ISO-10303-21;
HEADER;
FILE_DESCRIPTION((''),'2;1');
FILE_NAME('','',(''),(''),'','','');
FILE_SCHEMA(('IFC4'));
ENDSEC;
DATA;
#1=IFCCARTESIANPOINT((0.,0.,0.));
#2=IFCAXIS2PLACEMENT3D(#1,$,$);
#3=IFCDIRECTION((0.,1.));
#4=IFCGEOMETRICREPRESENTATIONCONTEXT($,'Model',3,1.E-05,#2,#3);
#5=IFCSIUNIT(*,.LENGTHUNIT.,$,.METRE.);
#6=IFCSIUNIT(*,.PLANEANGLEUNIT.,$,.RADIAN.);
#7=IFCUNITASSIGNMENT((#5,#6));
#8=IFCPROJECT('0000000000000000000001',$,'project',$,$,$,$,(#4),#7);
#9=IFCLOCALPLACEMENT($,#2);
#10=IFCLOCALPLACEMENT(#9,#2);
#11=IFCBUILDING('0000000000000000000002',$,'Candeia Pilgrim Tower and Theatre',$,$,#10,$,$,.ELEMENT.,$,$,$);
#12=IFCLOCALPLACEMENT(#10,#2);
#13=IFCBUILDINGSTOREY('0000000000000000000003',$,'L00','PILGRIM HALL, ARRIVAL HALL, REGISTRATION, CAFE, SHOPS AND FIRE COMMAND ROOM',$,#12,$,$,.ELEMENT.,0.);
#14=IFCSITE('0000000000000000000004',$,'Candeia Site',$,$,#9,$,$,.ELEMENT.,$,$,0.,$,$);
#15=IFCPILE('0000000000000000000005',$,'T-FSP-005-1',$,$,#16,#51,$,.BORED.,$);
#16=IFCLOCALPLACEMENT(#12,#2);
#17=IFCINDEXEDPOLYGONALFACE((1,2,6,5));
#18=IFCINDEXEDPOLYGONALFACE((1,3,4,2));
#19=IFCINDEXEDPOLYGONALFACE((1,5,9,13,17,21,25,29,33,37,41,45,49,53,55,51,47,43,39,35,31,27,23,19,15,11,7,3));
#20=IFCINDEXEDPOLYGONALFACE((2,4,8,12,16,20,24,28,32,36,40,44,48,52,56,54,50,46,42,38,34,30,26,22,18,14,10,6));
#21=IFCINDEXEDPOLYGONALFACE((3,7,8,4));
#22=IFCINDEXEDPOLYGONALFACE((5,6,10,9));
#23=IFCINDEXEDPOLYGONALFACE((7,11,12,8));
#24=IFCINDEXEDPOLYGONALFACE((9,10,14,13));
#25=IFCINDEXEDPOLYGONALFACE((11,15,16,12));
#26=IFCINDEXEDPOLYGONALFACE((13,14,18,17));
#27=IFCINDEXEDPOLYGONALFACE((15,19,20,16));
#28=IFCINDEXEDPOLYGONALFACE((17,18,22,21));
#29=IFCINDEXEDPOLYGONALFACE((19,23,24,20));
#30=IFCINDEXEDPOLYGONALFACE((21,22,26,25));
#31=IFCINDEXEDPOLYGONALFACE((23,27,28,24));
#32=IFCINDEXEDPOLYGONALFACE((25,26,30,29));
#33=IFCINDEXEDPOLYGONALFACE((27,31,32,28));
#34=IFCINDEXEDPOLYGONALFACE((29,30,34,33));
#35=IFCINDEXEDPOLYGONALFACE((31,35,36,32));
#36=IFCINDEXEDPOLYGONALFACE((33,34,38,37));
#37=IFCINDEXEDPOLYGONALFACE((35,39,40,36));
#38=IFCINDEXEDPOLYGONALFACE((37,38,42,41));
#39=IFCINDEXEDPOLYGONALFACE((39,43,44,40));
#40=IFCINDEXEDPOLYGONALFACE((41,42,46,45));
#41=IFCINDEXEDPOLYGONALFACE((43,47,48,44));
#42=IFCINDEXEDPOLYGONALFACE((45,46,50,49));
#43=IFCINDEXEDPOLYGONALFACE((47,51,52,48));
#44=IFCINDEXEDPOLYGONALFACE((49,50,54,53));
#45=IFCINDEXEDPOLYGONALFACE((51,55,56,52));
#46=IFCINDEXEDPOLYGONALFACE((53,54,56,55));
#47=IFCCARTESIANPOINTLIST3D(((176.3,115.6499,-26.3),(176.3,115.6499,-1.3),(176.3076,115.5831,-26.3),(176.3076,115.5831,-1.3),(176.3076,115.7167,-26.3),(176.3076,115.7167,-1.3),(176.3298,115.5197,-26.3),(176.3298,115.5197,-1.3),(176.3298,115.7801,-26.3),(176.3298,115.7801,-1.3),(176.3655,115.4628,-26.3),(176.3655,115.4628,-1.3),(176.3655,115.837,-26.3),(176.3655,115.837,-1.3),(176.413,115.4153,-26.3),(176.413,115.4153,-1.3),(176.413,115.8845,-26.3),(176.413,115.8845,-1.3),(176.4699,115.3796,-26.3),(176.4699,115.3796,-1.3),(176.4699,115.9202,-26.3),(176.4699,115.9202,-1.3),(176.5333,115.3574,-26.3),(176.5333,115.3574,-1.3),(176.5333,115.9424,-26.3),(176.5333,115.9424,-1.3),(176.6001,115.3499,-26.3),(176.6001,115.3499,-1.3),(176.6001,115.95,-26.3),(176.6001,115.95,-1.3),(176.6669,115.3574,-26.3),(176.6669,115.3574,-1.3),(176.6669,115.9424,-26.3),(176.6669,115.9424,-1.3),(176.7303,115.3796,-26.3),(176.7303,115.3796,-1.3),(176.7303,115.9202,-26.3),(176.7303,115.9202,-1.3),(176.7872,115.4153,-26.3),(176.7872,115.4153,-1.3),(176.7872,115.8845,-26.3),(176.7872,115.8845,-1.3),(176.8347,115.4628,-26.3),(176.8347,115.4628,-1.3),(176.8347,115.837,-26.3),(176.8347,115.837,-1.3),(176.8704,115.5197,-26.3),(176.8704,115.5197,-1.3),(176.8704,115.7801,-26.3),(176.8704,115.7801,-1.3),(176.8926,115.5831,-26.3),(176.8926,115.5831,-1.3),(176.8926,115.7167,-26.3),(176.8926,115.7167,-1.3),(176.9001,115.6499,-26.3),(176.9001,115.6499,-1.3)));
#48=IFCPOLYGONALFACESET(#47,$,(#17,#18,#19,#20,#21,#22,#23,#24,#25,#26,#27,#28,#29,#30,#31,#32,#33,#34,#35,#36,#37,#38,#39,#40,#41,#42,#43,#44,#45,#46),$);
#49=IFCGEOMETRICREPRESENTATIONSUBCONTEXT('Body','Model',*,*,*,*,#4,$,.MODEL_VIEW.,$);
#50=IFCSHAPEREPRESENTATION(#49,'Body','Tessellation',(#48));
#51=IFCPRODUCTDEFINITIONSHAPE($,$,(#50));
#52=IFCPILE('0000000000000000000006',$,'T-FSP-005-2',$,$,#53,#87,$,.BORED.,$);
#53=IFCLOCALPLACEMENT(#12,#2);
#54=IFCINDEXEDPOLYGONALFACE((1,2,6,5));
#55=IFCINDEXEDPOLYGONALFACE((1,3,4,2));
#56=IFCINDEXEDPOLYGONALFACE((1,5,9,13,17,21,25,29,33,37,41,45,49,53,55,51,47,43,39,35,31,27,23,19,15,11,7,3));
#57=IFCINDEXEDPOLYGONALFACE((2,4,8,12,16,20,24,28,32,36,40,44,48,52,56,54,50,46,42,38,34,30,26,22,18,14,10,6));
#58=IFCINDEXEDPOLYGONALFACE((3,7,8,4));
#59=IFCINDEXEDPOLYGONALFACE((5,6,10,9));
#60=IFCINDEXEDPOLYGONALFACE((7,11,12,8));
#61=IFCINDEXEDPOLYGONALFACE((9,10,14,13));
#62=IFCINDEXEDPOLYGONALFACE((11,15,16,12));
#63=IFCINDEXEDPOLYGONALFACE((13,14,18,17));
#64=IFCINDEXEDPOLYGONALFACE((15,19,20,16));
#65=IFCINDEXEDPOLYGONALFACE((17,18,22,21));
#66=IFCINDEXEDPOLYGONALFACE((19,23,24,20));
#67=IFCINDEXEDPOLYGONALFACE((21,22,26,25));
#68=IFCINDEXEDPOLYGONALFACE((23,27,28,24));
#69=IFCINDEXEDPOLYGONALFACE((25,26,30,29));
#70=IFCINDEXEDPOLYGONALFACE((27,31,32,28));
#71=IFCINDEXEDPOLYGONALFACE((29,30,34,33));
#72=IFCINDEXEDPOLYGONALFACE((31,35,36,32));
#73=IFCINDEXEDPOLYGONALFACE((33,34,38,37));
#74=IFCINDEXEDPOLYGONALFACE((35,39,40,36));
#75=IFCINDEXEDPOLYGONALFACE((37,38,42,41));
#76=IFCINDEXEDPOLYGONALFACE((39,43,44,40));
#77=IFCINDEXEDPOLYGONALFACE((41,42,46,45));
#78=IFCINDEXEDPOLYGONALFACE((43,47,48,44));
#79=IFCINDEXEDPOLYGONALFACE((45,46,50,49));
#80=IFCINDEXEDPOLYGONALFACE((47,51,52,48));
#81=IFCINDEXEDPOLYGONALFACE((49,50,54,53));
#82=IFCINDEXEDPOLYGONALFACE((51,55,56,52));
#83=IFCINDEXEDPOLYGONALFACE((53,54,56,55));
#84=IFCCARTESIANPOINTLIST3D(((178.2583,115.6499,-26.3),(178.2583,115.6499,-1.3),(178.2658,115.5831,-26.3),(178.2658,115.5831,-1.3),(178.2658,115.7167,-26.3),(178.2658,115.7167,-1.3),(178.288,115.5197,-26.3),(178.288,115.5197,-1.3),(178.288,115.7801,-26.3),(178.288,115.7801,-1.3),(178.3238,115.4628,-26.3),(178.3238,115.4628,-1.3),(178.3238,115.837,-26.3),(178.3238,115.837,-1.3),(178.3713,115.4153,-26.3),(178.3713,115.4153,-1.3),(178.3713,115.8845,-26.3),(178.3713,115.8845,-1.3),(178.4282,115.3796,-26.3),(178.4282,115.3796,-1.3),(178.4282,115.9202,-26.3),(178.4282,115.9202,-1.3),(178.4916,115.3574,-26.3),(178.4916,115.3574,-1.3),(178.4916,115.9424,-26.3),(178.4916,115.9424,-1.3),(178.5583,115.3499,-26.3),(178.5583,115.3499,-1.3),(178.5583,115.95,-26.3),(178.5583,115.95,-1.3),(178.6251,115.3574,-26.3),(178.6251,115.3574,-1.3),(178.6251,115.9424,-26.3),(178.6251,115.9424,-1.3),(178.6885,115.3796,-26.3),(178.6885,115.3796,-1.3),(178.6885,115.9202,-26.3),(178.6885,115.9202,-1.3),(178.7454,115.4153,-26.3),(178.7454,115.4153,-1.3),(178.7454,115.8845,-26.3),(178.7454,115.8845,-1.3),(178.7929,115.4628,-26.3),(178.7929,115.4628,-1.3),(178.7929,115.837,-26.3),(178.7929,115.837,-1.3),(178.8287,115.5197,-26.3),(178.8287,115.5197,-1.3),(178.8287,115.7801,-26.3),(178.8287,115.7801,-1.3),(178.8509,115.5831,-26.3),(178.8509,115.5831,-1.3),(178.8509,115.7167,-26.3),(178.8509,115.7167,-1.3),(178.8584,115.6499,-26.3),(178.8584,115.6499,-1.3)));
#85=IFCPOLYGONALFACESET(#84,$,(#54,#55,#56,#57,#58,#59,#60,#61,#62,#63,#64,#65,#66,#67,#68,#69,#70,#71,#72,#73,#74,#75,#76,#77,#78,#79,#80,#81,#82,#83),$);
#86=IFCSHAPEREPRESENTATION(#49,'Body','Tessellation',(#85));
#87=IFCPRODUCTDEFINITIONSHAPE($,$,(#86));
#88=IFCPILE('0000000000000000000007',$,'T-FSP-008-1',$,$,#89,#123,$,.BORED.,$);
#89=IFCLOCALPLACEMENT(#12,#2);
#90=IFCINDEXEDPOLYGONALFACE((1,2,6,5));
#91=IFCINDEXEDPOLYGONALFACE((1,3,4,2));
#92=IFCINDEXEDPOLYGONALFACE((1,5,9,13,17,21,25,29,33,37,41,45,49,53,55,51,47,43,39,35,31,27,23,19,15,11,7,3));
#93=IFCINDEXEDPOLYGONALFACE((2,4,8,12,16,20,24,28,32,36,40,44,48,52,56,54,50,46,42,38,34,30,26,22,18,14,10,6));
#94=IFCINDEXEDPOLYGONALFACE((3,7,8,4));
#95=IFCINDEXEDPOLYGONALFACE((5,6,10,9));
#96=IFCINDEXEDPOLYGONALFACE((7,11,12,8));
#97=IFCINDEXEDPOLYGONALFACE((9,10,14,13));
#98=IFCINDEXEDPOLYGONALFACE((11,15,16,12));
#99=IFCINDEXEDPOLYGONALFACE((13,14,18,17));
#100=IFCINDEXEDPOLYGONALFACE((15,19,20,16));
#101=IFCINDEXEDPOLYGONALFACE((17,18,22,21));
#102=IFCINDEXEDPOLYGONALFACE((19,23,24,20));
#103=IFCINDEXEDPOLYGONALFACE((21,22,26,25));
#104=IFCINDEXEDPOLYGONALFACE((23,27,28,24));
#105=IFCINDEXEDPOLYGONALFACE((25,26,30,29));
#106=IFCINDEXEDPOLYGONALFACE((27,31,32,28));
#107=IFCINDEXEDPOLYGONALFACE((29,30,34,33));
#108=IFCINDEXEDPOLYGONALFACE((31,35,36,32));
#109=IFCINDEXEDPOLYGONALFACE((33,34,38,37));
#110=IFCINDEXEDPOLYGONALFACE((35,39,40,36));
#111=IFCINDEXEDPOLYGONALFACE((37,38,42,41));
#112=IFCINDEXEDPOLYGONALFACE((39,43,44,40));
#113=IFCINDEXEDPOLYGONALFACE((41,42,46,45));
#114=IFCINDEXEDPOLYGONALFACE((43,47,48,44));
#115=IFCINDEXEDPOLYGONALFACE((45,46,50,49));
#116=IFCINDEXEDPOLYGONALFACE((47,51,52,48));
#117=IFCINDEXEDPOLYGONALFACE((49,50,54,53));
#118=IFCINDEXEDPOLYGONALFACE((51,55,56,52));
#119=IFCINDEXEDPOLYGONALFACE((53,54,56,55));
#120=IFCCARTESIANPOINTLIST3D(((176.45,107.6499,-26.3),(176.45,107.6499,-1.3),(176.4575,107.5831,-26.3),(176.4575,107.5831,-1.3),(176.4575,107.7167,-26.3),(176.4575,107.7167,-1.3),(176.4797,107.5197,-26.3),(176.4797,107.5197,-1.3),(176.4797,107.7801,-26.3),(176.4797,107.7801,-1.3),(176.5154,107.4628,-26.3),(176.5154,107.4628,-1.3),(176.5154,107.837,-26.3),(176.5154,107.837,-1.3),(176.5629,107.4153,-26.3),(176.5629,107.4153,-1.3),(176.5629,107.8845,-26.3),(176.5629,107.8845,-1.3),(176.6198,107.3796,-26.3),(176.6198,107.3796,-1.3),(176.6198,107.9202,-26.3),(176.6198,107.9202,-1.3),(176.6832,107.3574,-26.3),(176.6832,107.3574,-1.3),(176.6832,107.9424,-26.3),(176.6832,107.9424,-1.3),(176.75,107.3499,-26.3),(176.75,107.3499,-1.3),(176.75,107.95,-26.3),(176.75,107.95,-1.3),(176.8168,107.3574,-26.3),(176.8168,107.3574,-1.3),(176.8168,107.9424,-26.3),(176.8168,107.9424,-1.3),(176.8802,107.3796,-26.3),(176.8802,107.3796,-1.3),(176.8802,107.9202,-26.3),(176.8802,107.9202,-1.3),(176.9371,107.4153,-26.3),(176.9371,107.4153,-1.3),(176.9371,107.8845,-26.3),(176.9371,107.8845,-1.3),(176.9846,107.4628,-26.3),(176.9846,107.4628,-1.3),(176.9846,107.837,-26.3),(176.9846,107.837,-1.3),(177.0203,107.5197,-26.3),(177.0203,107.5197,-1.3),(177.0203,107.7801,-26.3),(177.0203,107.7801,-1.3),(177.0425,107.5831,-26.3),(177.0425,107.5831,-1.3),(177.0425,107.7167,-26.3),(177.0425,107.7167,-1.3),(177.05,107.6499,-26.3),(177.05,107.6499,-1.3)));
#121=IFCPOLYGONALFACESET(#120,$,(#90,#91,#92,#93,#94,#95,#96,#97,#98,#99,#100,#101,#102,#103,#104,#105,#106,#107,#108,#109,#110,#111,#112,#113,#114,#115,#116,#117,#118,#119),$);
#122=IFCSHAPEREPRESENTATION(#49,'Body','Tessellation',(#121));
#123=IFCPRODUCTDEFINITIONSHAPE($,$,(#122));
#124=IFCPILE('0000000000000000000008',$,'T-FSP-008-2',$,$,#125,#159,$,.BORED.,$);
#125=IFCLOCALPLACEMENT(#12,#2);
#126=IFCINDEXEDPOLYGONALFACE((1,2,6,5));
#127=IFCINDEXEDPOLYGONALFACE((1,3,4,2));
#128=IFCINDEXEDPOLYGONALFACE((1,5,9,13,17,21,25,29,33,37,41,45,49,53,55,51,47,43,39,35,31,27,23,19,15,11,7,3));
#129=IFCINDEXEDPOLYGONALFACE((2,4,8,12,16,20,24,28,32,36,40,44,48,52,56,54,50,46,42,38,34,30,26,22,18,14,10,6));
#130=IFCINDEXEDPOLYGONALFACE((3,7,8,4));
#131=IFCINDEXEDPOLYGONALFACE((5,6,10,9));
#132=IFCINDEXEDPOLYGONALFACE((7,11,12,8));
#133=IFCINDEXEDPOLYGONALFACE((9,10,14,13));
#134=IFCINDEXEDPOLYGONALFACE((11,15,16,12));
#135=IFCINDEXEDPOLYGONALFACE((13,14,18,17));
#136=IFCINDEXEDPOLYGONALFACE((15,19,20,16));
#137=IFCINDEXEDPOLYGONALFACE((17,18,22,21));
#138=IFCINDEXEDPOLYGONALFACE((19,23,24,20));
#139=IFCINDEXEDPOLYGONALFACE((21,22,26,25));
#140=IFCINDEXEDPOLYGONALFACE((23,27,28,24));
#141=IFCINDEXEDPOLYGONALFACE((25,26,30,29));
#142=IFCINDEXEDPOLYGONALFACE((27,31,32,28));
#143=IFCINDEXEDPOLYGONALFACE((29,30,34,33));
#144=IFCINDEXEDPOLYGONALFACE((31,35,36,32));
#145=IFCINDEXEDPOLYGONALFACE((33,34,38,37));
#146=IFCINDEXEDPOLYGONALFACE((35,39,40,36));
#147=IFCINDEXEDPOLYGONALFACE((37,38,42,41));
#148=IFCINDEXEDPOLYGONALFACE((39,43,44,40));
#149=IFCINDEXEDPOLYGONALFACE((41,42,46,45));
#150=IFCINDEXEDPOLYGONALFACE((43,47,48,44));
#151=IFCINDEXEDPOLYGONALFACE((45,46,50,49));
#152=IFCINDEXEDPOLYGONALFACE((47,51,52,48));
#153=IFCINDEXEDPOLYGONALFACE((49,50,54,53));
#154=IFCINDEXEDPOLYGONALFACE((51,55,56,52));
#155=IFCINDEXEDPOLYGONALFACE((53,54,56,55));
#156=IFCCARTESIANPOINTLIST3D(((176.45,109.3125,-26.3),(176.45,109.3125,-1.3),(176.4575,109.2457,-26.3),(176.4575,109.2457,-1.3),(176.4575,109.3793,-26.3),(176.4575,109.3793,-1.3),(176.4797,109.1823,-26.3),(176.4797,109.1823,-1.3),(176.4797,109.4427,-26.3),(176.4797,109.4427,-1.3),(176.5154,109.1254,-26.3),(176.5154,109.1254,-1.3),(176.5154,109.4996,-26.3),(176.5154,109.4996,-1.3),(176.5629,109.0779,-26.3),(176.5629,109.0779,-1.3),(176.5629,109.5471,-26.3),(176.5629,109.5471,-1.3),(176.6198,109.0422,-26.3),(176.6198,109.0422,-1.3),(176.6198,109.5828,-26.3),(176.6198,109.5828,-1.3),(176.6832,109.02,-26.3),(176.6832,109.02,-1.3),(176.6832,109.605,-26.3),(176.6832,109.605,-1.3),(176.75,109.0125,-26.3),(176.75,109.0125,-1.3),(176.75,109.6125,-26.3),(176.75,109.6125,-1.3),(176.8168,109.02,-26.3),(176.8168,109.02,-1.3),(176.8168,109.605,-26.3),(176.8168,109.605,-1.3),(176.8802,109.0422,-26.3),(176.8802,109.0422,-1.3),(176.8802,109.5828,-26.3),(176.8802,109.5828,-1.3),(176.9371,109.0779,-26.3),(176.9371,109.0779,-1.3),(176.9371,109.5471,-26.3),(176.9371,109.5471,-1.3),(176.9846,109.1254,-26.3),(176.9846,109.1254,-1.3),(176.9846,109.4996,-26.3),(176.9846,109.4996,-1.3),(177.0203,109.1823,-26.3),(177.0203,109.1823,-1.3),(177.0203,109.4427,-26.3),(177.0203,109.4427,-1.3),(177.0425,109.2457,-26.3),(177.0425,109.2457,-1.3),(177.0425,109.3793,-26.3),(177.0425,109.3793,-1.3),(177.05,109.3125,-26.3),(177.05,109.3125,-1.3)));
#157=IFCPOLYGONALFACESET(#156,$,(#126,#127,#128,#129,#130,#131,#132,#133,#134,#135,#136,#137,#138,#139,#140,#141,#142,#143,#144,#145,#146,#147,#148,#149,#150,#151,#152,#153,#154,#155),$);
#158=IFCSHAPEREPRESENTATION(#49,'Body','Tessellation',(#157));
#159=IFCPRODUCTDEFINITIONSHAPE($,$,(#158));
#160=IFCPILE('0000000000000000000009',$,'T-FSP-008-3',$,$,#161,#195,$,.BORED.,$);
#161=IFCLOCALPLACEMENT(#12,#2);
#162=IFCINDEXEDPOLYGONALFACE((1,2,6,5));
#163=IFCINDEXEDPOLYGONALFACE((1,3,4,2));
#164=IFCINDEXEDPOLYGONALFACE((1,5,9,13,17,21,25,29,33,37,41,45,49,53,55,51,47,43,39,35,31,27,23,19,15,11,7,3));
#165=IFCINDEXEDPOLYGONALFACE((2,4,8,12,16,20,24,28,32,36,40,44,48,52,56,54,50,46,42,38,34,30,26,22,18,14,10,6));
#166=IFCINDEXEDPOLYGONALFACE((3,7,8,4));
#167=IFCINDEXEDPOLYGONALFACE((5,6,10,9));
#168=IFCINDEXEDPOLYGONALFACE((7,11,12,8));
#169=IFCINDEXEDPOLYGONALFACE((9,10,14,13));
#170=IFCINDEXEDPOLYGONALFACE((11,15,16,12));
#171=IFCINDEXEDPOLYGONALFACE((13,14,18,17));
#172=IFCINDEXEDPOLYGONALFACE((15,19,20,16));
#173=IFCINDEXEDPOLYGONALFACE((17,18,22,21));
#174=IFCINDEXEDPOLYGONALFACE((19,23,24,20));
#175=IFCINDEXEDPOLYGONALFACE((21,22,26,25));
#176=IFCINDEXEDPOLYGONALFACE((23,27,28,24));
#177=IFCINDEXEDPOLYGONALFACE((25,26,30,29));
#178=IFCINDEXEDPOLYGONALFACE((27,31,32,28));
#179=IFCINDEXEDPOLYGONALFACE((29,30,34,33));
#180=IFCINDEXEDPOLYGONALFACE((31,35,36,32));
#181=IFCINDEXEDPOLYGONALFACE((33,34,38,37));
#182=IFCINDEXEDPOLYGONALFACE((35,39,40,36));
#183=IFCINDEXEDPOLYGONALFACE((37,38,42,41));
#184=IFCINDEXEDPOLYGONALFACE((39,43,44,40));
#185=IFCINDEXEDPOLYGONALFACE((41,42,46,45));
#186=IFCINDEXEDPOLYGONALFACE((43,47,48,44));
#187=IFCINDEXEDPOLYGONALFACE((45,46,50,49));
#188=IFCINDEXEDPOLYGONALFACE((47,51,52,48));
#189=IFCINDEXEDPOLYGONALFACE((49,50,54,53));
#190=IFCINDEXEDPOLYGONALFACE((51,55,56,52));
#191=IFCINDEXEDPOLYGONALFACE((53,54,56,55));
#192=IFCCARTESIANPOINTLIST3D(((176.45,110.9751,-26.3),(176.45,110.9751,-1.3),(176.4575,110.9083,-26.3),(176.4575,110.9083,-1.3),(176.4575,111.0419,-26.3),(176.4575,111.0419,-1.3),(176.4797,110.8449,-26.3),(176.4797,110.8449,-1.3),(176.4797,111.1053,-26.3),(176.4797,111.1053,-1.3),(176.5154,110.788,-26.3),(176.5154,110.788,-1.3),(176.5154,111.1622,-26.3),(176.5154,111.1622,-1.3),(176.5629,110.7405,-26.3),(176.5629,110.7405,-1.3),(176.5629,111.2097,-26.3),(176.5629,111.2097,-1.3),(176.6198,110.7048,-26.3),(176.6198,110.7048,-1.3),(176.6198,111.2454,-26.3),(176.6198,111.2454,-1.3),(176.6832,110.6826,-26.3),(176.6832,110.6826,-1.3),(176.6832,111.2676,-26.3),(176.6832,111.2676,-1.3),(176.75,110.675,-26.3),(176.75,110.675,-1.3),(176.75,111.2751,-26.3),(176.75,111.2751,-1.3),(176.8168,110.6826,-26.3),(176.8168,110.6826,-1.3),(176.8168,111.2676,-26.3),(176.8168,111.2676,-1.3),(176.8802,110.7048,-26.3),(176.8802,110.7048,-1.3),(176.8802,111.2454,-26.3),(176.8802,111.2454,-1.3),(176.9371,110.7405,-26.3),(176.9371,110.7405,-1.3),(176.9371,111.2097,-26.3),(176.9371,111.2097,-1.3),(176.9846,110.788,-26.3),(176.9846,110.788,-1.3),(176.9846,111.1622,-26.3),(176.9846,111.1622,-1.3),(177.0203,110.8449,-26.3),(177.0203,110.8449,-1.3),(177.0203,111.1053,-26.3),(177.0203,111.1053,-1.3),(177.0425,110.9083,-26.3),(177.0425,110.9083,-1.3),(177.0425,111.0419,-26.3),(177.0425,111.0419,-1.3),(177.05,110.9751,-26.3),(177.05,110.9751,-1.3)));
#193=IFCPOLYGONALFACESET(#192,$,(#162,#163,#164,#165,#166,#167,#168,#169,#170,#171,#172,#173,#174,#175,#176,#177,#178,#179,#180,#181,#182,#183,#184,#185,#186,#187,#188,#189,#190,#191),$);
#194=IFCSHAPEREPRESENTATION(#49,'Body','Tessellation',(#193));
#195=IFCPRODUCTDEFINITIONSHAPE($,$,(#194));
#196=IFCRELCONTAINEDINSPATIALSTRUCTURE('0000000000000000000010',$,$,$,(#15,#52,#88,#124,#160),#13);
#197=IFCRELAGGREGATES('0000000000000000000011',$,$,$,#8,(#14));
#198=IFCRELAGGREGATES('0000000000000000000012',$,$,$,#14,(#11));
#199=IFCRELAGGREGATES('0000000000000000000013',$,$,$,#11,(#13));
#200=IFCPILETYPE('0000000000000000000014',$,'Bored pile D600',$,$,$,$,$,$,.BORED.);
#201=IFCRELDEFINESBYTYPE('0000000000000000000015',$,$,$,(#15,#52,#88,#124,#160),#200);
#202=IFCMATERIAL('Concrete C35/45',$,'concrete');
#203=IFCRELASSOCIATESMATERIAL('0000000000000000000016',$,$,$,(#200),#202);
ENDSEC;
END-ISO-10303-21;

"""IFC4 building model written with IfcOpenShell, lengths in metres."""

from ifc_helpers import new_model, si_unit, direction, frame, origin, origin_2d, place, context, subcontext, project, spatial, circle, extrude, material, type_object, element, save


model = new_model("IFC4")

# Units and contexts
model_context = context("Model", 3, precision=1e-05, world=origin(), true_north=direction((0.0, 1.0)))
body_context = subcontext(model_context, "Body", "Model", "MODEL_VIEW")
ifc_project = project(units=[si_unit("LENGTHUNIT", "METRE"), si_unit("PLANEANGLEUNIT", "RADIAN")], contexts=[model_context])

# Site, building, storey
site_placement = place(None, origin())
site = spatial("IfcSite", under=ifc_project, at=site_placement, Name="Candeia Site", CompositionType="ELEMENT", RefElevation=0.0)
building_placement = place(site_placement, origin())
building = spatial("IfcBuilding", under=site, at=building_placement, Name="Candeia Pilgrim Tower and Theatre", CompositionType="ELEMENT")
storey_placement = place(building_placement, origin())
storey = spatial("IfcBuildingStorey", under=building, at=storey_placement, Name="L00", Description="PILGRIM HALL, ARRIVAL HALL, REGISTRATION, CAFE, SHOPS AND FIRE COMMAND ROOM", CompositionType="ELEMENT", Elevation=0.0)

# Piles
ifc_material_1 = material(Name="Concrete C35/45", Category="concrete")
pile_type_1 = type_object("IfcPileType", Name="Bored pile D600", PredefinedType="BORED", material=ifc_material_1)
for number, where, z_axis, x_axis, name in (
    (1, (176.6001, 115.6499, -1.3), (0.0, 0.0, -1.0), (1.0, 0.0, 0.0), "T-FSP-005-1"),
    (2, (178.5583, 115.6499, -1.3), (0.0, 0.0, -1.0), (1.0, 0.0, 0.0), "T-FSP-005-2"),
    (3, (176.75, 107.6499, -1.3), (0.0, 0.0, -1.0), (1.0, 0.0, 0.0), "T-FSP-008-1"),
    (4, (176.75, 109.3125, -1.3), (0.0, 0.0, -1.0), (1.0, 0.0, 0.0), "T-FSP-008-2"),
    (5, (176.75, 110.9751, -1.3), (0.0, 0.0, -1.0), (1.0, 0.0, 0.0), "T-FSP-008-3"),
):
    element("IfcPile", number, at=place(storey_placement, frame(where, z_axis=z_axis, x_axis=x_axis)), inside=storey, type_object=pile_type_1, Name=name, PredefinedType="BORED", context=body_context, shape_type="SweptSolid", body=[
        extrude(circle(Radius=0.3, at=origin_2d()), origin(), (0.0, 0.0, 1.0), 25.0),
    ])

save(model, "model.ifc")
